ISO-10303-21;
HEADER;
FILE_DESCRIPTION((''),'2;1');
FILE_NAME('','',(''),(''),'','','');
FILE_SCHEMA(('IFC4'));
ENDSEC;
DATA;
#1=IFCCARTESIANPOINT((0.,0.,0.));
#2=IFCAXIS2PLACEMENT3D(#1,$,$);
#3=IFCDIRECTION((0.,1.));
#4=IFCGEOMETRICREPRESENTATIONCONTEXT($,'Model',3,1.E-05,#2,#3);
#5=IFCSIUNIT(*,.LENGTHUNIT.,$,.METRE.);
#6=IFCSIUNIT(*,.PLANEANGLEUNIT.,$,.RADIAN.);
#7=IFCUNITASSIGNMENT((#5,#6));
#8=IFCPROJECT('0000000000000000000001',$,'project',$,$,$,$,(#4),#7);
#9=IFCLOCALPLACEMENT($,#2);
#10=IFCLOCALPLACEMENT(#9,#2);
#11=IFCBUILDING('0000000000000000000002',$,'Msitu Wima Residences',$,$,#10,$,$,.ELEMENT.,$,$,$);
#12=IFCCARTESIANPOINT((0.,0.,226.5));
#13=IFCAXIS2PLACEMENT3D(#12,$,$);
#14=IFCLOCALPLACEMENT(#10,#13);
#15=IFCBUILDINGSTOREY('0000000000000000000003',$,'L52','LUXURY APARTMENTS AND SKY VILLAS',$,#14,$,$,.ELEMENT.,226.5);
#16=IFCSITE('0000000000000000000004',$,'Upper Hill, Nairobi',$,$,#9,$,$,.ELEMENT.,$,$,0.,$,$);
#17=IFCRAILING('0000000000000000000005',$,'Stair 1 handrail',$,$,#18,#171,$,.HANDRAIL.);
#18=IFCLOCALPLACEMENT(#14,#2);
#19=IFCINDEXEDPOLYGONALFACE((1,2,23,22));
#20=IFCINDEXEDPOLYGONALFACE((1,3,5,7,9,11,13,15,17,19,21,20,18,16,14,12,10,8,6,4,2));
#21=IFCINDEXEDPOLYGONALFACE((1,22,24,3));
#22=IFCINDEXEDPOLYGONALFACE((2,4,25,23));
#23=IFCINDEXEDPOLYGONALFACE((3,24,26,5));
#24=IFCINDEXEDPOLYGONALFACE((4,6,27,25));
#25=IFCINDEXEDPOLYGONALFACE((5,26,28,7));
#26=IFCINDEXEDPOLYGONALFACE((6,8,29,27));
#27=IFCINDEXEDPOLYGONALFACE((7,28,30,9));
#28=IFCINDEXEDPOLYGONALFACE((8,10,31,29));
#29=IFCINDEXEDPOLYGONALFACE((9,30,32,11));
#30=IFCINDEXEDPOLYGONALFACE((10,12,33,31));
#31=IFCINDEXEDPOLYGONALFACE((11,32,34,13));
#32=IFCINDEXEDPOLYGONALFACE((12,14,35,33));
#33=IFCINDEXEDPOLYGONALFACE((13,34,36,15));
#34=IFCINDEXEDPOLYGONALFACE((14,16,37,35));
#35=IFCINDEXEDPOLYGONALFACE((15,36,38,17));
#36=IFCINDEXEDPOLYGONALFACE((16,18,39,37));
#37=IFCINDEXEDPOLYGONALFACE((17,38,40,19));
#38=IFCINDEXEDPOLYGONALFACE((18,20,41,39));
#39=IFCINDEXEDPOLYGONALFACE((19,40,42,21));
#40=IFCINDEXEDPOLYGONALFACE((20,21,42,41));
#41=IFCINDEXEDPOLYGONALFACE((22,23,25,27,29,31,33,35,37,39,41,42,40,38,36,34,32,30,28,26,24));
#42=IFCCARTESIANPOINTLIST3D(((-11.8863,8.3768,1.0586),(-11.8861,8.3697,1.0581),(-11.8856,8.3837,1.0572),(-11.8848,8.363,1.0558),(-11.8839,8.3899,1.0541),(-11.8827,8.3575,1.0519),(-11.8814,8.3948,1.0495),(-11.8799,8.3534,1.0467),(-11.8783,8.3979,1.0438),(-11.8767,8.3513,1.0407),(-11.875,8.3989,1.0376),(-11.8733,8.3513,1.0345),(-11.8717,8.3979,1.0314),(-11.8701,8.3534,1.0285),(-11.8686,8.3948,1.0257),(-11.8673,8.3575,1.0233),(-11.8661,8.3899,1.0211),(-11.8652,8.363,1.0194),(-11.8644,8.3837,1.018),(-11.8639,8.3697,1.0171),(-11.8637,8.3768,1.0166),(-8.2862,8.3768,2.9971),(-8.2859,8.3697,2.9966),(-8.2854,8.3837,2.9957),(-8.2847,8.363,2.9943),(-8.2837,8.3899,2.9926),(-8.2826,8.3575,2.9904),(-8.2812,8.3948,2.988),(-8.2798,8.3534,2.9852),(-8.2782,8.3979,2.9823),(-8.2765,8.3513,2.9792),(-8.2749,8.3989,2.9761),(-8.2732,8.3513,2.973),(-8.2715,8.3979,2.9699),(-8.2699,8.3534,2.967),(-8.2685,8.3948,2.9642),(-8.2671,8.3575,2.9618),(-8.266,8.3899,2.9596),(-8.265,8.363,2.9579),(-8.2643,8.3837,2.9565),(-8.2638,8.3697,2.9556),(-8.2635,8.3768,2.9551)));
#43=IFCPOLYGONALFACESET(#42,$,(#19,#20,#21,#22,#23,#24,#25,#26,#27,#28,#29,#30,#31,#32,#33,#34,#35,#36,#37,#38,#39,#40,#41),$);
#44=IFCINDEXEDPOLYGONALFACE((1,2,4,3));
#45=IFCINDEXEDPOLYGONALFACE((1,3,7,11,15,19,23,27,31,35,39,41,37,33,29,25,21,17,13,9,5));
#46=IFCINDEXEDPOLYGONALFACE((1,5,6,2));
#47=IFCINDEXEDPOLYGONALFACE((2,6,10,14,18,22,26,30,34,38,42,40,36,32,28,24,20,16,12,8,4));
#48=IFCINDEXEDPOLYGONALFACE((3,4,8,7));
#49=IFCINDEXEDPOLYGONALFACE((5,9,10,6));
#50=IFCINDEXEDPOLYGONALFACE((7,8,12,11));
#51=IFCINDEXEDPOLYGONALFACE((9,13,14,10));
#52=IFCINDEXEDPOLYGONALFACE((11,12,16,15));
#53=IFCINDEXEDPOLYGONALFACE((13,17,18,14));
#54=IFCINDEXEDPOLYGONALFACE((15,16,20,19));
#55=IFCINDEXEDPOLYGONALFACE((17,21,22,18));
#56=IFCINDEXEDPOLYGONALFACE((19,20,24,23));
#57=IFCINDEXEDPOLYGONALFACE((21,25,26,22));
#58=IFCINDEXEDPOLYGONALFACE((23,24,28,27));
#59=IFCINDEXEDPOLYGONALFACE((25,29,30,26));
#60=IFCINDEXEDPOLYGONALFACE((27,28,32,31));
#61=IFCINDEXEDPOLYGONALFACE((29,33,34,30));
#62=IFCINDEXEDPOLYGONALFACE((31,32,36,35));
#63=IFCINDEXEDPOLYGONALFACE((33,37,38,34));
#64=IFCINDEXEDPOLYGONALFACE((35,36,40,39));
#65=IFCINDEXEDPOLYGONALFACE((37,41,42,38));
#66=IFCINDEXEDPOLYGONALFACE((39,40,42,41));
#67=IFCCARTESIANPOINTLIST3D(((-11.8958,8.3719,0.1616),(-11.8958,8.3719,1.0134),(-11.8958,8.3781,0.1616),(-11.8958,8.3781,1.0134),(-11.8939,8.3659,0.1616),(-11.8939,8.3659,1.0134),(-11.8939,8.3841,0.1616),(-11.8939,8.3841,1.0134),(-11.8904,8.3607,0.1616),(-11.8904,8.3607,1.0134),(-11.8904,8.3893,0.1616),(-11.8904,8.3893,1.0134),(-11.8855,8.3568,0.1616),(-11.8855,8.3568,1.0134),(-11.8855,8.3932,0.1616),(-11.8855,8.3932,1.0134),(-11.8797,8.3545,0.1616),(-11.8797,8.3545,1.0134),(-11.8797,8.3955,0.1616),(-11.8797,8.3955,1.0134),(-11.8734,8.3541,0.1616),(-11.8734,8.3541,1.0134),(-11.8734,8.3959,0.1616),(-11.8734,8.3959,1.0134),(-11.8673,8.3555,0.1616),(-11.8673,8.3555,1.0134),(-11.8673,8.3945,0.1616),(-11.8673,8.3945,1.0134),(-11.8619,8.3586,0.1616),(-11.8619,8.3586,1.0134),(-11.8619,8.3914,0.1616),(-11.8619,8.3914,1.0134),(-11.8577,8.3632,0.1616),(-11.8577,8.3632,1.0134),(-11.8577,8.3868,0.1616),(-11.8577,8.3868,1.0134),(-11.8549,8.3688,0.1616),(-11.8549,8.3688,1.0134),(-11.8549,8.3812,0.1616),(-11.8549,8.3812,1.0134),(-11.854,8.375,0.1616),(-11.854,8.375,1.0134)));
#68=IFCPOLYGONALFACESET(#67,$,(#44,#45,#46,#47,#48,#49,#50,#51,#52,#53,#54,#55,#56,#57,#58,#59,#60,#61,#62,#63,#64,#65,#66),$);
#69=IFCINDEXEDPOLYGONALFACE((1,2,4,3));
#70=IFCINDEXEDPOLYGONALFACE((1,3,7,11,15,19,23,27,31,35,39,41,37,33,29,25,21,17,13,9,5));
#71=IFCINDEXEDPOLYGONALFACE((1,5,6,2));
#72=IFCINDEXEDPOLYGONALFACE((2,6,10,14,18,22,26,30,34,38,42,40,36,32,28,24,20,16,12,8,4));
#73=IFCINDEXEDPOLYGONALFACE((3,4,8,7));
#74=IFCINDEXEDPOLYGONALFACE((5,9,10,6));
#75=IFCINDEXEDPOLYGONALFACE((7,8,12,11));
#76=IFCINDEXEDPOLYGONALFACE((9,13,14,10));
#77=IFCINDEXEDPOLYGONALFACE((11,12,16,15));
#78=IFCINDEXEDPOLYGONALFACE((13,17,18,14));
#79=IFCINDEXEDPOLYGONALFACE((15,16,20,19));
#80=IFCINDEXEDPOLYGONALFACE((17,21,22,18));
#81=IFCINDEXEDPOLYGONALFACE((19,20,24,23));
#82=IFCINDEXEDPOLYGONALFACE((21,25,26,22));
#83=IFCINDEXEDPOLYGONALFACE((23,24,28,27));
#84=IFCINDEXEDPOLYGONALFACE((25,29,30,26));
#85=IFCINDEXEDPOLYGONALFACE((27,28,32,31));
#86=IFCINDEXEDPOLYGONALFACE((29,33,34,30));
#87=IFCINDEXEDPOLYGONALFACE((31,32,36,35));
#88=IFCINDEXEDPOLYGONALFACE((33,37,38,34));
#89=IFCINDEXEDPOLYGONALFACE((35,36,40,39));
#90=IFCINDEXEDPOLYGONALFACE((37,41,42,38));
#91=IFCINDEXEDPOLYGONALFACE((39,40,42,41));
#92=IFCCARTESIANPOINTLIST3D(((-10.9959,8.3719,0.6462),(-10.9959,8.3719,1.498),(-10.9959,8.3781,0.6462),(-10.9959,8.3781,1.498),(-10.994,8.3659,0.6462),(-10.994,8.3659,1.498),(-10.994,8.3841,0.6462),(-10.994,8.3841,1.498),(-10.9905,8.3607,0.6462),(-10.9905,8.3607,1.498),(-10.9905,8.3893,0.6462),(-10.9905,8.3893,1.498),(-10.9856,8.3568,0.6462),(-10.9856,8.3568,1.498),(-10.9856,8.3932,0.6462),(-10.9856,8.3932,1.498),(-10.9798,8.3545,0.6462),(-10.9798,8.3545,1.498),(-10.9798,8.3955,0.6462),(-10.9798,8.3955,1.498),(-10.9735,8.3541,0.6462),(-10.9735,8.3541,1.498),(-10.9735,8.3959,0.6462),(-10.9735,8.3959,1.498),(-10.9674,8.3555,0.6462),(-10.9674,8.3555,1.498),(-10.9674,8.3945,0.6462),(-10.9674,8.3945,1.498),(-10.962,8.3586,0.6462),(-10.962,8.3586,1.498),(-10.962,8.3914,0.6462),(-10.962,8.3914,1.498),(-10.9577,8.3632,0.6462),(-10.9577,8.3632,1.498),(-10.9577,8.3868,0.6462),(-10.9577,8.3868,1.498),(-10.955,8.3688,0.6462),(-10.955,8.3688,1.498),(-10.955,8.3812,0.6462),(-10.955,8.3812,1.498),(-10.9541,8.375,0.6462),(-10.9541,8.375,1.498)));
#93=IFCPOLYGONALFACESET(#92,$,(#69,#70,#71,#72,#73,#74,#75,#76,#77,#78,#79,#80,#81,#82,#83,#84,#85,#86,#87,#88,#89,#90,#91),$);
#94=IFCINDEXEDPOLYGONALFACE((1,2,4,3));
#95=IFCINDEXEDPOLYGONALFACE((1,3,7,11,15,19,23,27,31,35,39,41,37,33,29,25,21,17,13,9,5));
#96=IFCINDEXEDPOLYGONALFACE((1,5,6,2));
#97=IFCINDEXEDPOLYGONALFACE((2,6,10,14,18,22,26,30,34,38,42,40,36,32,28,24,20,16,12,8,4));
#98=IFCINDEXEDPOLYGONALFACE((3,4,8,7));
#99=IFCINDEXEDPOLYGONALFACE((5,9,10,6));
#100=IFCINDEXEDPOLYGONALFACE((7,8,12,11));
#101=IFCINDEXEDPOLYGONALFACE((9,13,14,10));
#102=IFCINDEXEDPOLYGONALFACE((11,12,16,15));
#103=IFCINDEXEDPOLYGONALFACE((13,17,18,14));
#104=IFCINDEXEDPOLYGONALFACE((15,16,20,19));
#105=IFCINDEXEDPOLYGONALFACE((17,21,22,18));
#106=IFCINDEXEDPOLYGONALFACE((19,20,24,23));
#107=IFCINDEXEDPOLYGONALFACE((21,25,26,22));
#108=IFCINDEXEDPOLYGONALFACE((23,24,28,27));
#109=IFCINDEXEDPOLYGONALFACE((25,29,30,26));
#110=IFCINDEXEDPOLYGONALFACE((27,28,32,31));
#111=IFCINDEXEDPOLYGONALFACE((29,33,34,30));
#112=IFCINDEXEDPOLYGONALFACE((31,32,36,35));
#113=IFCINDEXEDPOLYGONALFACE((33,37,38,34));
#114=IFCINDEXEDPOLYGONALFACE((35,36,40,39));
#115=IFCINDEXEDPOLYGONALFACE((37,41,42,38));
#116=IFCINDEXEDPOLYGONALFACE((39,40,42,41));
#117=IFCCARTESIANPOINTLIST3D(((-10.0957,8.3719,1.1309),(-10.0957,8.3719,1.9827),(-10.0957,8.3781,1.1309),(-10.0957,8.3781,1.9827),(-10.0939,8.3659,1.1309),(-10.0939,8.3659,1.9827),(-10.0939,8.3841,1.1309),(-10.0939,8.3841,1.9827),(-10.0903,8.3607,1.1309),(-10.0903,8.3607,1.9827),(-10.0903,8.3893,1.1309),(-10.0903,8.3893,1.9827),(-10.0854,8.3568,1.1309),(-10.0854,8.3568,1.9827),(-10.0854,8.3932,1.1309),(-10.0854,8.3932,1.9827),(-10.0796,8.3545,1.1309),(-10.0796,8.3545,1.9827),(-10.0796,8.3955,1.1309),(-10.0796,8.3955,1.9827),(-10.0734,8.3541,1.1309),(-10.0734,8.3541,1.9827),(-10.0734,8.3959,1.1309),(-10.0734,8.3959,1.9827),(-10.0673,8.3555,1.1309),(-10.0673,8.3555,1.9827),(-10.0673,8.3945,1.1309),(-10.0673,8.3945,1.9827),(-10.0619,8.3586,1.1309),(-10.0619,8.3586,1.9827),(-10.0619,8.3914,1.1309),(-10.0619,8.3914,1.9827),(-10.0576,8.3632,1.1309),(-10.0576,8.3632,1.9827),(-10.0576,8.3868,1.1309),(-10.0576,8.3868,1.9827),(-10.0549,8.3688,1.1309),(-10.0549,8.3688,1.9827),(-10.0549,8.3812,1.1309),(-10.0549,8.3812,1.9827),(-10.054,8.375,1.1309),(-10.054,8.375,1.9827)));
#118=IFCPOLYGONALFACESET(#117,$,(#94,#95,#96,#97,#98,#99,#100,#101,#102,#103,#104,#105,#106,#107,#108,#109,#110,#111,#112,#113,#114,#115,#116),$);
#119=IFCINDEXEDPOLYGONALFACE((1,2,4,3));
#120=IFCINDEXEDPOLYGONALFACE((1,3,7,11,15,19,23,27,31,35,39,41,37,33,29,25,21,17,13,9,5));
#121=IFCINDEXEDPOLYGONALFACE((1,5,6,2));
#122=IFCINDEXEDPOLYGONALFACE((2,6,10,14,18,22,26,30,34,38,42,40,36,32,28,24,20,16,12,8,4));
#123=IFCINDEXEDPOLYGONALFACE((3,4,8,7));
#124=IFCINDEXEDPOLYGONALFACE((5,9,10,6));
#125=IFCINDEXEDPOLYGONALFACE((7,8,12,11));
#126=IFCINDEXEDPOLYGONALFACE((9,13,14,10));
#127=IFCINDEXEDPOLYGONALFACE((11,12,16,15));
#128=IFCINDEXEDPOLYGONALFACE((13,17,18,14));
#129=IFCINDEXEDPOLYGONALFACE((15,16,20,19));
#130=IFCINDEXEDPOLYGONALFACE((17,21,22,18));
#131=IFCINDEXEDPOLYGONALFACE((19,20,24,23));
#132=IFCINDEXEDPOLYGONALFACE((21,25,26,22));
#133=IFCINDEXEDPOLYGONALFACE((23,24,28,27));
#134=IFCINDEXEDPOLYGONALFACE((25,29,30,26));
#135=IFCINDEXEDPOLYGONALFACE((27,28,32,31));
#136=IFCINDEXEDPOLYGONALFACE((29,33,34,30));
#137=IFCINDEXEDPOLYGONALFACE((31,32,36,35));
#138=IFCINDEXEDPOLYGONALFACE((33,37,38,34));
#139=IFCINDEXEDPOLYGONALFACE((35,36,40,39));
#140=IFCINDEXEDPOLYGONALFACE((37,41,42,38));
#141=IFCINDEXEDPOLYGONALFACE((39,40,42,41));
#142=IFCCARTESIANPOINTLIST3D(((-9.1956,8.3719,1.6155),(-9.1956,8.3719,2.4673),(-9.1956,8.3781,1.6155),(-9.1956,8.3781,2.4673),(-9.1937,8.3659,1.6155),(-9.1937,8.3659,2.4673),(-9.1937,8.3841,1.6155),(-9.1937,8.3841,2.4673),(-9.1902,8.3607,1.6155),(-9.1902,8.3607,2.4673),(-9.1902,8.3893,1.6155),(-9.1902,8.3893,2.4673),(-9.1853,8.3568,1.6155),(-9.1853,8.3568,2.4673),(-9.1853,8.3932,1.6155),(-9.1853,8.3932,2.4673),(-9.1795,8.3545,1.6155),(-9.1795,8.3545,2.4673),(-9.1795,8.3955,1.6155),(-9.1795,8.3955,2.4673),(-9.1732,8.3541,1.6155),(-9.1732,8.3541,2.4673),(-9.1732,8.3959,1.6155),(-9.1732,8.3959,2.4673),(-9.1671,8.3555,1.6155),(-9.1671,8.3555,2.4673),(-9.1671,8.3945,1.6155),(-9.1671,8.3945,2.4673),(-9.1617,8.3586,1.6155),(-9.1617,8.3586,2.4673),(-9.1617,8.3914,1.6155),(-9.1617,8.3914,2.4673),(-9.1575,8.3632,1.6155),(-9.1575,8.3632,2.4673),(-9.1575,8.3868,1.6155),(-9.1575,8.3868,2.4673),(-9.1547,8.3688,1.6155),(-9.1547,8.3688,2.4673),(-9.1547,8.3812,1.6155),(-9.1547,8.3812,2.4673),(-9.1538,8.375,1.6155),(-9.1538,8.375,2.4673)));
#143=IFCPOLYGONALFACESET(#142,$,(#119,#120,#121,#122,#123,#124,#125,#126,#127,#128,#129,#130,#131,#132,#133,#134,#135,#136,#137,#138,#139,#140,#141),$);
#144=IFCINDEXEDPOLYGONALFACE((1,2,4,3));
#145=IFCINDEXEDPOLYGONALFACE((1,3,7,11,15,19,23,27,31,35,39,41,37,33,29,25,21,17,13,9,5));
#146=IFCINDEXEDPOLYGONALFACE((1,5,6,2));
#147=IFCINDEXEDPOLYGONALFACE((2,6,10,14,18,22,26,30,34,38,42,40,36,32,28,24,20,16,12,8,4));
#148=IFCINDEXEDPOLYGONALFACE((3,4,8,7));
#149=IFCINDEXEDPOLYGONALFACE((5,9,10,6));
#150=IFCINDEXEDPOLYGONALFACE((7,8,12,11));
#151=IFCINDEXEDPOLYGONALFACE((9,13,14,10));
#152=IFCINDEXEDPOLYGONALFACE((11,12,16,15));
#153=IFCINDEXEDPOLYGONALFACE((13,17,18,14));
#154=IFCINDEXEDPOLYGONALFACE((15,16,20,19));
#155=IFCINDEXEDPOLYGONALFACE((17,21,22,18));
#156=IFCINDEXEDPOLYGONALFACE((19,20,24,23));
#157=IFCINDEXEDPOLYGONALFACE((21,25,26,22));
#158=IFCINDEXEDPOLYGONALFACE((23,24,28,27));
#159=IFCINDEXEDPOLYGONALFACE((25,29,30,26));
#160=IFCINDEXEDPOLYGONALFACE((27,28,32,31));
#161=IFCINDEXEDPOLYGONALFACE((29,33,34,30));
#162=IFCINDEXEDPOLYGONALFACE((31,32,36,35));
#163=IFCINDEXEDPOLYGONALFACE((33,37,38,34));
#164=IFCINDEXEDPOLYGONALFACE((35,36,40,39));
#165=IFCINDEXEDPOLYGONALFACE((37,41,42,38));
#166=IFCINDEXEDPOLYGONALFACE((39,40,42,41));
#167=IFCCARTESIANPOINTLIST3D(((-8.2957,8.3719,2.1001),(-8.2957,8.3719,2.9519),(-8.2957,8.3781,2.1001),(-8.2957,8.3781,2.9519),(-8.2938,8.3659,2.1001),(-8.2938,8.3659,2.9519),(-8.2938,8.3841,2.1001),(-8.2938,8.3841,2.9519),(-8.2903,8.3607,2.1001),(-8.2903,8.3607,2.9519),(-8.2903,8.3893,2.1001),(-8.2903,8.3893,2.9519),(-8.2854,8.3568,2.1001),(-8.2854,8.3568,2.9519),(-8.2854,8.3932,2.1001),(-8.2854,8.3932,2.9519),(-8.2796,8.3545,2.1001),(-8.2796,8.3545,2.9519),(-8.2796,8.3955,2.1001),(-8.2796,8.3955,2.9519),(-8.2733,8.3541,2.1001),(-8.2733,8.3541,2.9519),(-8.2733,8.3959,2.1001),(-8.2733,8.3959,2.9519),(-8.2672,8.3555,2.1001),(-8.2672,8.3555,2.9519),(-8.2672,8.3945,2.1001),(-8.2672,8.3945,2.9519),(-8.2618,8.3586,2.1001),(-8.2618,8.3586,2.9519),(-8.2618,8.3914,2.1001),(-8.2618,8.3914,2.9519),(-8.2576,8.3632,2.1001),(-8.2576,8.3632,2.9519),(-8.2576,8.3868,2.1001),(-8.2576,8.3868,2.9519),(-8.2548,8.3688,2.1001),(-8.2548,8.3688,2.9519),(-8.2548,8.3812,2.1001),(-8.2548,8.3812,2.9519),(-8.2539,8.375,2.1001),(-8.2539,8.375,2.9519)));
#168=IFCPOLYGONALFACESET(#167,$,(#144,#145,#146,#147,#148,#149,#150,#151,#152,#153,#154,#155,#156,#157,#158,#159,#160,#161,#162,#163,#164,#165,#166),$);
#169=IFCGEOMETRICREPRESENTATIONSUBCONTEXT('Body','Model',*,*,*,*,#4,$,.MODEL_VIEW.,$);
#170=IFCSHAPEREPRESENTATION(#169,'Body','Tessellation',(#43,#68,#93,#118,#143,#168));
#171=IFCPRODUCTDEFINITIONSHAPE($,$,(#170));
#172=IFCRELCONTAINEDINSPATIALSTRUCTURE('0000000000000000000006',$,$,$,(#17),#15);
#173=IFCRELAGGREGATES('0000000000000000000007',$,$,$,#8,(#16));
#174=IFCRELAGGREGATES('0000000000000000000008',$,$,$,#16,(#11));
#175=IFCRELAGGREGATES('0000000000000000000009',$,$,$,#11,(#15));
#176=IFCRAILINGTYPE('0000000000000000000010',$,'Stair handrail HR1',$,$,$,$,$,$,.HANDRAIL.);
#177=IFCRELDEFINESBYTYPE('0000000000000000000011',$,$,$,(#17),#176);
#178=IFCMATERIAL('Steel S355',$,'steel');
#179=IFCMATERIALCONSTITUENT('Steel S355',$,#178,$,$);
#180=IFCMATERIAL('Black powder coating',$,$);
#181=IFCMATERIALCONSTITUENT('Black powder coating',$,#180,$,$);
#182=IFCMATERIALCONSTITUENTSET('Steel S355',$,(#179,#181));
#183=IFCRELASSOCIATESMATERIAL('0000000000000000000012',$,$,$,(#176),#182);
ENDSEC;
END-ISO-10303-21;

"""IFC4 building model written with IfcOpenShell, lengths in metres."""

from ifc_helpers import new_model, si_unit, direction, frame, origin, origin_2d, place, context, subcontext, project, spatial, circle, extrude, material, constituent, constituent_set, type_object, element, save


model = new_model("IFC4")

# Units and contexts
model_context = context("Model", 3, precision=1e-05, world=origin(), true_north=direction((0.0, 1.0)))
body_context = subcontext(model_context, "Body", "Model", "MODEL_VIEW")
ifc_project = project(units=[si_unit("LENGTHUNIT", "METRE"), si_unit("PLANEANGLEUNIT", "RADIAN")], contexts=[model_context])

# Site, building, storey
site_placement = place(None, origin())
site = spatial("IfcSite", under=ifc_project, at=site_placement, Name="Upper Hill, Nairobi", CompositionType="ELEMENT", RefElevation=0.0)
building_placement = place(site_placement, origin())
building = spatial("IfcBuilding", under=site, at=building_placement, Name="Msitu Wima Residences", CompositionType="ELEMENT")
storey_placement = place(building_placement, frame((0.0, 0.0, 226.5)))
storey = spatial("IfcBuildingStorey", under=building, at=storey_placement, Name="L52", Description="LUXURY APARTMENTS AND SKY VILLAS", CompositionType="ELEMENT", Elevation=226.5)

# Railing
ifc_material_1 = material(Name="Steel S355", Category="steel")
ifc_constituent_1 = constituent(ifc_material_1, Name="Steel S355")
ifc_material_2 = material(Name="Black powder coating")
ifc_constituent_2 = constituent(ifc_material_2, Name="Black powder coating")
ifc_constituent_set = constituent_set(constituents=[ifc_constituent_1, ifc_constituent_2], Name="Steel S355")
railing_type = type_object("IfcRailingType", Name="Stair handrail HR1", PredefinedType="HANDRAIL", material=ifc_constituent_set)
for number, where, name in (
    (1, (-11.875, 8.375, 0.1616), "Stair 1 handrail"),
):
    element("IfcRailing", number, at=place(storey_placement, frame(where)), inside=storey, type_object=railing_type, Name=name, PredefinedType="HANDRAIL", context=body_context, shape_type="SweptSolid", body=[
        extrude(circle(Radius=0.0239, at=origin_2d()), frame((0.0, 0.0, 0.876), z_axis=(0.880475, 0.0, 0.474093), x_axis=(0.0, 1.0, 0.0)), (0.0, 0.0, 1.0), 4.0889),
        extrude(circle(Radius=0.021, at=origin_2d()), origin(), (0.0, 0.0, 1.0), 0.8518),
        extrude(circle(Radius=0.021, at=origin_2d()), frame((0.8999, 0.0, 0.4846)), (0.0, 0.0, 1.0), 0.8518),
        extrude(circle(Radius=0.021, at=origin_2d()), frame((1.8, 0.0, 0.9692)), (0.0, 0.0, 1.0), 0.8518),
        extrude(circle(Radius=0.021, at=origin_2d()), frame((2.7002, 0.0, 1.4539)), (0.0, 0.0, 1.0), 0.8518),
        extrude(circle(Radius=0.021, at=origin_2d()), frame((3.6001, 0.0, 1.9385)), (0.0, 0.0, 1.0), 0.8518),
    ])

save(model, "model.ifc")
